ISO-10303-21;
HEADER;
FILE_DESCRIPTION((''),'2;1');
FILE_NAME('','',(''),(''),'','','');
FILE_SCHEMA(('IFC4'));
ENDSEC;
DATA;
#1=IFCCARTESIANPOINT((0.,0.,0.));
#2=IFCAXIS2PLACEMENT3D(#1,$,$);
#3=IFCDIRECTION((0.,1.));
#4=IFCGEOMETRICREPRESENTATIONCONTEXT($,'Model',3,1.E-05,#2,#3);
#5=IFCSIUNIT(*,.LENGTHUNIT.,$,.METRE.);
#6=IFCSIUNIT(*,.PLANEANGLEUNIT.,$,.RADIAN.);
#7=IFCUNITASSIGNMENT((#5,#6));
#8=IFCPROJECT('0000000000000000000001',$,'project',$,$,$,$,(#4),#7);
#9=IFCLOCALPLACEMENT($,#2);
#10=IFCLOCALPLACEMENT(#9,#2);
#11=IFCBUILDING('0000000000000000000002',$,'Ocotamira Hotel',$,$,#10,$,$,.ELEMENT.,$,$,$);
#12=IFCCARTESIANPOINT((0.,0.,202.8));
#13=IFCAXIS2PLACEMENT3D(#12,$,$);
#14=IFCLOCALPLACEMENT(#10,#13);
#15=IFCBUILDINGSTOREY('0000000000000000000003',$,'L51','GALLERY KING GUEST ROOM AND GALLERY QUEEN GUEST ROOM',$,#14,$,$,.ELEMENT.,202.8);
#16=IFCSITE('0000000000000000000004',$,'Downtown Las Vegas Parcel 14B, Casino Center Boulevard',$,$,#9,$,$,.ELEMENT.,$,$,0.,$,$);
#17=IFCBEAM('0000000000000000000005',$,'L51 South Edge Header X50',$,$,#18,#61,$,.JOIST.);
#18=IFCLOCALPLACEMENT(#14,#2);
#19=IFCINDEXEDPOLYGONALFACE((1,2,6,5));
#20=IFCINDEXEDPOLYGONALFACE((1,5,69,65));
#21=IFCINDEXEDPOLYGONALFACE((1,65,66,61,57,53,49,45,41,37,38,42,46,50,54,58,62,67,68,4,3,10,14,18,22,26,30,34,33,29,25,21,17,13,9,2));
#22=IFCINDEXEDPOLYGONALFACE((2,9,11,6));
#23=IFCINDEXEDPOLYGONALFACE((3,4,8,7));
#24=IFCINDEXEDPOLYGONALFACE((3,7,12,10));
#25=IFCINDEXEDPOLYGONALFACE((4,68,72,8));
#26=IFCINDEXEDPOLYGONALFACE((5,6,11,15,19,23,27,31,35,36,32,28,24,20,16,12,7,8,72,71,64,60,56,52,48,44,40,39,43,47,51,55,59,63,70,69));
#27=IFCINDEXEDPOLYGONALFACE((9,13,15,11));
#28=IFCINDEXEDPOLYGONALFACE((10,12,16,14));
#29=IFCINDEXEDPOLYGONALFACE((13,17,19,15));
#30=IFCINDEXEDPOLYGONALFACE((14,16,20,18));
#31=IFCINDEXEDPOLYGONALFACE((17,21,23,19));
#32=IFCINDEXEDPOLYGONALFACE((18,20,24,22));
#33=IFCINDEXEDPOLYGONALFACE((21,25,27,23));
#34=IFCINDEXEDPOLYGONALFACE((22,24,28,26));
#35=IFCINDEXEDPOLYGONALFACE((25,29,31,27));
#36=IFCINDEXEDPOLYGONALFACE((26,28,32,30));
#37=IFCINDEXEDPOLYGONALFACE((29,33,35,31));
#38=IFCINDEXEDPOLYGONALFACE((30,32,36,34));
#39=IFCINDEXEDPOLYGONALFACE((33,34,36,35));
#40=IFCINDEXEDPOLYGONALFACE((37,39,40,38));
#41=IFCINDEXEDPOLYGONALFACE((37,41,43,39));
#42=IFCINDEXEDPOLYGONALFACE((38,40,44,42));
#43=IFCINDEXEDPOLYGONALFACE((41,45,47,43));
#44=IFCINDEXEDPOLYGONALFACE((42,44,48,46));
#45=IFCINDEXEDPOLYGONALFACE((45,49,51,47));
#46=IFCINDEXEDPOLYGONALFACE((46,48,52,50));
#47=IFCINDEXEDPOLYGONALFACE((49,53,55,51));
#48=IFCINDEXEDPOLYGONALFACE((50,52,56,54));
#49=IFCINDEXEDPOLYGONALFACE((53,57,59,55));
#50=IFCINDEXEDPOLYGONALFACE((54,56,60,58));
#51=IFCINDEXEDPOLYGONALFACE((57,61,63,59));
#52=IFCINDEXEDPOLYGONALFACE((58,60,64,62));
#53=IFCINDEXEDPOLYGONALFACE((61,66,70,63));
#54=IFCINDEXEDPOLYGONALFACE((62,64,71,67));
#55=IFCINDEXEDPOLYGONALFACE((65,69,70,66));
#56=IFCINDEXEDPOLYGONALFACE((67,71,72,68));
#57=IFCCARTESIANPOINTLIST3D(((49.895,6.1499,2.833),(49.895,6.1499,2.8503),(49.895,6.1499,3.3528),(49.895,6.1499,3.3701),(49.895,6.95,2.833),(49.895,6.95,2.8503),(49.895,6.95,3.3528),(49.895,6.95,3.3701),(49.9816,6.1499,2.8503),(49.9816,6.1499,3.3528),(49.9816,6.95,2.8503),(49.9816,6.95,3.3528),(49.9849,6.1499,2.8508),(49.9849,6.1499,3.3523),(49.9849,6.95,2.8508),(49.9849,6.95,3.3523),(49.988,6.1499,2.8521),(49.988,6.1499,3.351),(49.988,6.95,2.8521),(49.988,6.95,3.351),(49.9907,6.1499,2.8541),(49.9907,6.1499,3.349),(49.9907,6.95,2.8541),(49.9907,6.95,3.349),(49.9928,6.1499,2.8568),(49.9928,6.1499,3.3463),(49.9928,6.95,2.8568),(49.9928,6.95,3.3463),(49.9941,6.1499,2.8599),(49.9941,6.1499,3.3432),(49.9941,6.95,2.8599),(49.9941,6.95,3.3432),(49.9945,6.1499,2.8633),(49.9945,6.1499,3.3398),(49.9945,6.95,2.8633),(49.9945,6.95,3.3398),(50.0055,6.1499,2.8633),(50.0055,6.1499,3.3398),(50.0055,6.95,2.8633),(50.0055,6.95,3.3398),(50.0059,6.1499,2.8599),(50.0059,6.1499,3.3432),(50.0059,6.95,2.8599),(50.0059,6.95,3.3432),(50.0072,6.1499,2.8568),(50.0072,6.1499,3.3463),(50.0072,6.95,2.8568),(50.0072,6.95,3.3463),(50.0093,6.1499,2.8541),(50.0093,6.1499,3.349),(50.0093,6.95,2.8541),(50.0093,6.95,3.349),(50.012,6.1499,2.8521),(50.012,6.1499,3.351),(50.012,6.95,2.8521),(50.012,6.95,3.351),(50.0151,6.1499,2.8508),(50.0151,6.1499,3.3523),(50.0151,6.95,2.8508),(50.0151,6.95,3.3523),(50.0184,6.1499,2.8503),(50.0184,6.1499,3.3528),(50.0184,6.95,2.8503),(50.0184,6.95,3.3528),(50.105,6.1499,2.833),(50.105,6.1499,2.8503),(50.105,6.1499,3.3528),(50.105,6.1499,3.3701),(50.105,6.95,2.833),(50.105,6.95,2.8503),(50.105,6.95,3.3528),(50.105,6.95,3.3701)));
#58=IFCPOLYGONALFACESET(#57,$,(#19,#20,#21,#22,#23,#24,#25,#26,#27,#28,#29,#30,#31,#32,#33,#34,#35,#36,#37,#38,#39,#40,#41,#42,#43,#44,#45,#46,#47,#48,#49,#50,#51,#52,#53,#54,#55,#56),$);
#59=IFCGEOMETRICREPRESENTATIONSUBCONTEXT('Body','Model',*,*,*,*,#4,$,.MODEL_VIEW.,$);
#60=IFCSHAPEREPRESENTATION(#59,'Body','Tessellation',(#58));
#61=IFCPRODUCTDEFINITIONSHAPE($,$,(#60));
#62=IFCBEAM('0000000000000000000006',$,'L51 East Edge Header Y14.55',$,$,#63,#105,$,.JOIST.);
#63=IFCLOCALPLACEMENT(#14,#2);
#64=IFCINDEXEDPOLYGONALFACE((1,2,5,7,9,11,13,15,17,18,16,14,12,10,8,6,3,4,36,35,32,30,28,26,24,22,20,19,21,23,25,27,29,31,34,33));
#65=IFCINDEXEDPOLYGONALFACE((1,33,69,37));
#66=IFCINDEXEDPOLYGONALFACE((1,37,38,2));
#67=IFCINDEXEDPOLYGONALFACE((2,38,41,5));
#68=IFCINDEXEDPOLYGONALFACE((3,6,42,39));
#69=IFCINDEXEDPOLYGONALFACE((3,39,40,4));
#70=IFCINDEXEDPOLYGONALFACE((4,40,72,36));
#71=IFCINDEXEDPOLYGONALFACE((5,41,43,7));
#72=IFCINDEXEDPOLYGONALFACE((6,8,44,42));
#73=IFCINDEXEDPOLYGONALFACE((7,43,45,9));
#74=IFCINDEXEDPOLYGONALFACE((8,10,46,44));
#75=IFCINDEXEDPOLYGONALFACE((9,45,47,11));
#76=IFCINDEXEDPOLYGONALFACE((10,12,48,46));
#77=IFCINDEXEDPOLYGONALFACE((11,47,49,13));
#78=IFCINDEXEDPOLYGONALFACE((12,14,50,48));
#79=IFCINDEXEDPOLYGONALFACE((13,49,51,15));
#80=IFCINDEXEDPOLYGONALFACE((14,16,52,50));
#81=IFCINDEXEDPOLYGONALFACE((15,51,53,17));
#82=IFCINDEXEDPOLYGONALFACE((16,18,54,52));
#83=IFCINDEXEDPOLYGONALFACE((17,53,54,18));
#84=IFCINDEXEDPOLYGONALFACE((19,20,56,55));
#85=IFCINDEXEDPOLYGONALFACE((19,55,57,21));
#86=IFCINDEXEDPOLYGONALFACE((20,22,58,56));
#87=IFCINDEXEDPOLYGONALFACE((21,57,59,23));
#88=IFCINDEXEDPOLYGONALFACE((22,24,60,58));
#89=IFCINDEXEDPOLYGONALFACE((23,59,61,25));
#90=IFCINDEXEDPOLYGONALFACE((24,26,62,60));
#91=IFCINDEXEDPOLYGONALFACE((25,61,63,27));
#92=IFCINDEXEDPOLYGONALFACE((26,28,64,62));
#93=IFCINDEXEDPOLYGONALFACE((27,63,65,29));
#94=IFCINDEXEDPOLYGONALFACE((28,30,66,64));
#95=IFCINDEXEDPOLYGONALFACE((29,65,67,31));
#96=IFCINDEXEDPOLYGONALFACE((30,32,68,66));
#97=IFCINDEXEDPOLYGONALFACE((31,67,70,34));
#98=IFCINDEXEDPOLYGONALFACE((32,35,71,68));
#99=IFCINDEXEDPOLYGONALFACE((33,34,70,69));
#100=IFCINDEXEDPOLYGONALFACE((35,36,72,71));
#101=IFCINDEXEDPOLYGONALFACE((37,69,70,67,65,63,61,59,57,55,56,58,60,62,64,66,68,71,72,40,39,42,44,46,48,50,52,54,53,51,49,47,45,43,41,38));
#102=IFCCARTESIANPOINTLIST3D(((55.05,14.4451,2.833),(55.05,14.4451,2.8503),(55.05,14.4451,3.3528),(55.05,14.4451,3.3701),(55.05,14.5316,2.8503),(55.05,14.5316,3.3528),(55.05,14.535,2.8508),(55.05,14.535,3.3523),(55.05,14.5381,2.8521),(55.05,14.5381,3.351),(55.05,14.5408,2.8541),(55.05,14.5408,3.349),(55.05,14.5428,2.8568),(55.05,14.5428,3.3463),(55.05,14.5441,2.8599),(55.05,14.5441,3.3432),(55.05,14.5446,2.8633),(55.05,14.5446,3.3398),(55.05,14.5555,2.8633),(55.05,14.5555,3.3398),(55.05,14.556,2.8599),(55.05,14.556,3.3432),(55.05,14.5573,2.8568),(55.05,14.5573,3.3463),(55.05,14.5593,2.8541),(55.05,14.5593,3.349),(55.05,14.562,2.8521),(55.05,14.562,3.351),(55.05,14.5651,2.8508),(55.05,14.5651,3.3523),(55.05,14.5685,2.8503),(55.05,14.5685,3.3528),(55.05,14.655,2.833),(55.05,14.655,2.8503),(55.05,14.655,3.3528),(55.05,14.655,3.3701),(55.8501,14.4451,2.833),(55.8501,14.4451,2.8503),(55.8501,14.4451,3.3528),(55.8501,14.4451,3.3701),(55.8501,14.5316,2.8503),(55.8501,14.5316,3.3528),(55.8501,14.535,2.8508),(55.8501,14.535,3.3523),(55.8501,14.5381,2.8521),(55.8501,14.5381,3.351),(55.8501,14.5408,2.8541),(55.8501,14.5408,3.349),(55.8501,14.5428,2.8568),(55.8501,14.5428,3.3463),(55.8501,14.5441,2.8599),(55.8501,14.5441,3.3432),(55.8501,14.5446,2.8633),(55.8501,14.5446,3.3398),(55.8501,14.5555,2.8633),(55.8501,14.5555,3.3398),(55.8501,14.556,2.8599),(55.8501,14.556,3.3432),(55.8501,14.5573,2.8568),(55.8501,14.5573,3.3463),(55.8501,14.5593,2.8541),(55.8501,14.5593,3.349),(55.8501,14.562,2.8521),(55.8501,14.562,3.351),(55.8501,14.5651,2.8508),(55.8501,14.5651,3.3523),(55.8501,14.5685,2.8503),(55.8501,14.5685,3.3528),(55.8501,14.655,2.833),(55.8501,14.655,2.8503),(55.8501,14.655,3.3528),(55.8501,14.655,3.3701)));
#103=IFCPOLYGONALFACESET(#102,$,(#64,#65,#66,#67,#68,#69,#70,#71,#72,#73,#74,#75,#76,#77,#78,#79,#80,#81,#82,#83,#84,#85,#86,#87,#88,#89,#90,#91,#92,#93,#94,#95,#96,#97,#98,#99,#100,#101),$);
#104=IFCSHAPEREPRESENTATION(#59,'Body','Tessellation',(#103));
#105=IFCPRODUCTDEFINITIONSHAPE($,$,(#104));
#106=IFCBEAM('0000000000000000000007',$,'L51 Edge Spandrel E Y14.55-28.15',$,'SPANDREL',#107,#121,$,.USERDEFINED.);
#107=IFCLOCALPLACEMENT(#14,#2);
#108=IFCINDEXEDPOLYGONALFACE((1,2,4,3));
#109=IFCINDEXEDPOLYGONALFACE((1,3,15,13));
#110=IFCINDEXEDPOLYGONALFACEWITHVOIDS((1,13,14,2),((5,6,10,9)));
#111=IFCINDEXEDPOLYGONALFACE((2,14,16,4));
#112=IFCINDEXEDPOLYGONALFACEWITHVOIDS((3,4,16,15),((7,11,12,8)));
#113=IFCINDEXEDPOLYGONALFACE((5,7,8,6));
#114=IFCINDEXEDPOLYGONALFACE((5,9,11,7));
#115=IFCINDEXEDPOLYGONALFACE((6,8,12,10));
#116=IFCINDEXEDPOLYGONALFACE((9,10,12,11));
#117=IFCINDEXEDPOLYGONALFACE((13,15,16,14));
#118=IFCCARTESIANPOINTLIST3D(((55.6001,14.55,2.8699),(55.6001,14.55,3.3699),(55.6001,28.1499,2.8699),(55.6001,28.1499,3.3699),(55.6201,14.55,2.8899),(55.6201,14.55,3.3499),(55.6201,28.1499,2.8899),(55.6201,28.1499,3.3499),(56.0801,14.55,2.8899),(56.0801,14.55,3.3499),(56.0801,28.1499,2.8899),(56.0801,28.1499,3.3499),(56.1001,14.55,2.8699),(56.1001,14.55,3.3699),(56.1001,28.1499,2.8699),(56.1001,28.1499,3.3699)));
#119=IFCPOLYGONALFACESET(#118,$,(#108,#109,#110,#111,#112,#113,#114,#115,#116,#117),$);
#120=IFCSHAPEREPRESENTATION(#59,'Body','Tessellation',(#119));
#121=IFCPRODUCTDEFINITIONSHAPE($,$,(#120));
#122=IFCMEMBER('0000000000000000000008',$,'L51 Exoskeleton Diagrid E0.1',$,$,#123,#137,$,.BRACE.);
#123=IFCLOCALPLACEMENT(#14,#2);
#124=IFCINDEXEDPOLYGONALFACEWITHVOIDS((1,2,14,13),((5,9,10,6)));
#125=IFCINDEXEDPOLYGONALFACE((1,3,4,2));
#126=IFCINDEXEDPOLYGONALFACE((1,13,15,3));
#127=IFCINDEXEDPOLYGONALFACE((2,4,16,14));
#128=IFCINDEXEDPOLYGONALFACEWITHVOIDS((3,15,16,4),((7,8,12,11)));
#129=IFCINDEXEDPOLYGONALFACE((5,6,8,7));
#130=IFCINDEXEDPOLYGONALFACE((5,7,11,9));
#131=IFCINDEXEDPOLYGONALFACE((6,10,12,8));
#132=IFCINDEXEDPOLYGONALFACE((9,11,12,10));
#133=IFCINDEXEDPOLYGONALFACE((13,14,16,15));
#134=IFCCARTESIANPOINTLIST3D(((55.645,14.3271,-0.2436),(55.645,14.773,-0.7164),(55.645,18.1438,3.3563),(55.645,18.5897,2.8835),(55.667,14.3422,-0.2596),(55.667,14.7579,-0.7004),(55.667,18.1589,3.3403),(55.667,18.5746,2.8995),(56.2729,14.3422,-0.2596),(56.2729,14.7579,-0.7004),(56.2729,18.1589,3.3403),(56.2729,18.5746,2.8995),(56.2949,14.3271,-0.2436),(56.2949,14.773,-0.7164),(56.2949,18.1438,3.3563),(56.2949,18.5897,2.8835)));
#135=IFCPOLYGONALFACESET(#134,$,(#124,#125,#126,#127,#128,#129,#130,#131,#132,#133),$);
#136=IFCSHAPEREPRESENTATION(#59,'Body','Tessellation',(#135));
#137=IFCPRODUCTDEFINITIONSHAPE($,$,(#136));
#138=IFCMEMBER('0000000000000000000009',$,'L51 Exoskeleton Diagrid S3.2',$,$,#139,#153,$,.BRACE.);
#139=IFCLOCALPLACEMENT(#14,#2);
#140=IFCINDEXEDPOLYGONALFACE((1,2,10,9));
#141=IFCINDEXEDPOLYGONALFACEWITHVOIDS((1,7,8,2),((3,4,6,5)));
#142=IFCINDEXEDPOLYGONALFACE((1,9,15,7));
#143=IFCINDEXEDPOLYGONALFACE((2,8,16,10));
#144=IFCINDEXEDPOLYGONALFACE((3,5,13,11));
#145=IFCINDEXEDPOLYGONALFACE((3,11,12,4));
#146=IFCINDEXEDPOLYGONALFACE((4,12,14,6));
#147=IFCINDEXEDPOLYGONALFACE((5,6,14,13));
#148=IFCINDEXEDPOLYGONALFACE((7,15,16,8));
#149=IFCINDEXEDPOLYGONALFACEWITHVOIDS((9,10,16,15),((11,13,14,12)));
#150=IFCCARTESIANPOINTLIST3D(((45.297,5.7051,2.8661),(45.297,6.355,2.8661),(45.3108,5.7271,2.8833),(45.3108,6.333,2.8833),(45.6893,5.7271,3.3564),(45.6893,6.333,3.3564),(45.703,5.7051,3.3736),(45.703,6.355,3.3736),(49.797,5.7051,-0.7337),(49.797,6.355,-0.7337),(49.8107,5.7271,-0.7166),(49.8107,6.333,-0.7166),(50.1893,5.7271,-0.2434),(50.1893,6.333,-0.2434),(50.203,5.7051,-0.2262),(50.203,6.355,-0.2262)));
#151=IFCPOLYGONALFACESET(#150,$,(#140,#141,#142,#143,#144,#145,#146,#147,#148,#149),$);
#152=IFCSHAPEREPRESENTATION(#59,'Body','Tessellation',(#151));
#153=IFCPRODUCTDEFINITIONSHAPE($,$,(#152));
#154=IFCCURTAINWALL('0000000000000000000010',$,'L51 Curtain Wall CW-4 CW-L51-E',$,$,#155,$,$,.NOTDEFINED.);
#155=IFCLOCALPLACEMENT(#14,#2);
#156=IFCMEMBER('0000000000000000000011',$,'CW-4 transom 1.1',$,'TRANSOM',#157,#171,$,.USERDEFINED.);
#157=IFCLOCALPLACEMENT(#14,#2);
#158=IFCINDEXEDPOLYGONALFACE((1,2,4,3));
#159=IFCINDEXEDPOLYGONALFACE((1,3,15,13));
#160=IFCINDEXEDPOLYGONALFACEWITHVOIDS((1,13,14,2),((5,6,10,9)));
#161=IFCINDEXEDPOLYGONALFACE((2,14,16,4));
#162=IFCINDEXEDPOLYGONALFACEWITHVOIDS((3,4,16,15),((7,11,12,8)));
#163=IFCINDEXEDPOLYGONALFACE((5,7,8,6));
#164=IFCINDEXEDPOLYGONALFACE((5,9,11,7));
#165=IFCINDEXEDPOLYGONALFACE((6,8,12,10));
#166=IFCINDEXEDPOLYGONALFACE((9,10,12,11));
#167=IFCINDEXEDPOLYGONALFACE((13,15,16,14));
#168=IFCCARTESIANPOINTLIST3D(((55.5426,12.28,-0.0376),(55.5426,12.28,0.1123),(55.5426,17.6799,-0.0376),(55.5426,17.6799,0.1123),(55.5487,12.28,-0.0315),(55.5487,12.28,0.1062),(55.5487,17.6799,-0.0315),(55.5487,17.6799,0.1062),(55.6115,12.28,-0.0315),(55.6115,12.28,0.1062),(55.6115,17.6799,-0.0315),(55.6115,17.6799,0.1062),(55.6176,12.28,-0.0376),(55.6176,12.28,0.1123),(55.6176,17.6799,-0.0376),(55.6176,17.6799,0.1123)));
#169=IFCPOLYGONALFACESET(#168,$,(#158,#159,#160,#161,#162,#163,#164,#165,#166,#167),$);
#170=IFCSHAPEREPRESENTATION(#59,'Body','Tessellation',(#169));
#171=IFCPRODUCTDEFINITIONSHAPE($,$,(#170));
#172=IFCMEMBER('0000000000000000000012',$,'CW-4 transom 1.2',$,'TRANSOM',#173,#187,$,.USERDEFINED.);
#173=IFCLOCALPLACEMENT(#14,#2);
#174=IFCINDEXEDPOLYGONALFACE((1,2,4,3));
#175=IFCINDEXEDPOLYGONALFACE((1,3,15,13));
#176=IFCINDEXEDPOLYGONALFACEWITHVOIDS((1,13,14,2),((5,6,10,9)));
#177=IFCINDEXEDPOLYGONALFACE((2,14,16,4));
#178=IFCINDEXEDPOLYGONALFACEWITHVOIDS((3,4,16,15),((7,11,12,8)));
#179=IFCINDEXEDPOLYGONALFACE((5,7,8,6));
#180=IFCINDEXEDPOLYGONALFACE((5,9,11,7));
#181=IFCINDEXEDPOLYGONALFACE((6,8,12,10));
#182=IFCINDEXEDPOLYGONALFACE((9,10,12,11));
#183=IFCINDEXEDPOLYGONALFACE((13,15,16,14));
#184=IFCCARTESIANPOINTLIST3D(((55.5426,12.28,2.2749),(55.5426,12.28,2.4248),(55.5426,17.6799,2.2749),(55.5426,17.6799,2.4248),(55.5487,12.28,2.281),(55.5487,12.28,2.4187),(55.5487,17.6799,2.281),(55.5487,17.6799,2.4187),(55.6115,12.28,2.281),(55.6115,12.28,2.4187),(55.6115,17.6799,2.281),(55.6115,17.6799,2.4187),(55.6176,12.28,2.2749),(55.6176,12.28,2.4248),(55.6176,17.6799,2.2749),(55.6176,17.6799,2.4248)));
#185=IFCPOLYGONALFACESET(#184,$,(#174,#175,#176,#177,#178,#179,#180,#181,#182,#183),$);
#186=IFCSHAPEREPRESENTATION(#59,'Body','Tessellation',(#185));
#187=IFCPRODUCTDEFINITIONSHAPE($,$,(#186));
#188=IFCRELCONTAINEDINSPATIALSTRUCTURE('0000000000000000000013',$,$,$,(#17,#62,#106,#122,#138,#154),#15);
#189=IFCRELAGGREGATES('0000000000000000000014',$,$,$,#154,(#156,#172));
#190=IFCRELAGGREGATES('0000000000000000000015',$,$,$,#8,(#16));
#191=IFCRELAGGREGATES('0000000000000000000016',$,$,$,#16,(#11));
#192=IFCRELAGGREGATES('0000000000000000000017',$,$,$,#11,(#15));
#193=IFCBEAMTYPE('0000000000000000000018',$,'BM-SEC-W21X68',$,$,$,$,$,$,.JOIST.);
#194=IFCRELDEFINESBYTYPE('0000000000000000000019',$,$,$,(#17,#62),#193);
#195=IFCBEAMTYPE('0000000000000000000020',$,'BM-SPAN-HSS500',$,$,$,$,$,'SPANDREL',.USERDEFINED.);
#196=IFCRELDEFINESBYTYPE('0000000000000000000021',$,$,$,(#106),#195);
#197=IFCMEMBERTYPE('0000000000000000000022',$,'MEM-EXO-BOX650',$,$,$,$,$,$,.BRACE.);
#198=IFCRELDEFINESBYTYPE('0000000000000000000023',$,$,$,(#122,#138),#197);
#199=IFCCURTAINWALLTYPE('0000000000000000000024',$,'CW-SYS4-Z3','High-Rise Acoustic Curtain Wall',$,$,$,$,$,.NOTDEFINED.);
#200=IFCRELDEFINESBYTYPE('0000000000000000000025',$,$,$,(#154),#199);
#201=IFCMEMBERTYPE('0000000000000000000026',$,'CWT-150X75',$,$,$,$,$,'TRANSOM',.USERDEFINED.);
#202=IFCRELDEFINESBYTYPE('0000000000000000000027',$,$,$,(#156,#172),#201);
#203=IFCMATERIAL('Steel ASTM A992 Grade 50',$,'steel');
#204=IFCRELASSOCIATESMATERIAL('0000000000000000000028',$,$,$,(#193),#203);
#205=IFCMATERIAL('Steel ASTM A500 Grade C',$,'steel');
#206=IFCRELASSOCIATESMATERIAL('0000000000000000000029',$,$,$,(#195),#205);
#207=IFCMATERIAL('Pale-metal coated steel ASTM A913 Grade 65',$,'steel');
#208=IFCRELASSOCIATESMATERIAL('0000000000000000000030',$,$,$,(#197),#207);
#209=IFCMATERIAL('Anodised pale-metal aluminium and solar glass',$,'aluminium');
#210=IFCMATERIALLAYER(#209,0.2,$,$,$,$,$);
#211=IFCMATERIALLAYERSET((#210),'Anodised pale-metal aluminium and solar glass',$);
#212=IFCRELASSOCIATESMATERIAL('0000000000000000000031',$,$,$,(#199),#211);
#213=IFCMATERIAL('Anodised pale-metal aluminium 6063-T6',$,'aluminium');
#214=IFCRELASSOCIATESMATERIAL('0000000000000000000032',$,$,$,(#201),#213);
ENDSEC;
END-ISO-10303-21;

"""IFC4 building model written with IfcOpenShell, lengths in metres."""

from ifc_helpers import new_model, si_unit, direction, frame, origin, origin_2d, place, context, subcontext, project, spatial, hollow_rectangle, i_section, extrude, source, transform, mapped, material, layer, layer_set, material_profile, profile_set, type_object, element, aggregate, save


model = new_model("IFC4")

# Units and contexts
model_context = context("Model", 3, precision=1e-05, world=origin(), true_north=direction((0.0, 1.0)))
body_context = subcontext(model_context, "Body", "Model", "MODEL_VIEW")
ifc_project = project(units=[si_unit("LENGTHUNIT", "METRE"), si_unit("PLANEANGLEUNIT", "RADIAN")], contexts=[model_context])

# Site, building, storey
site_placement = place(None, origin())
site = spatial("IfcSite", under=ifc_project, at=site_placement, Name="Downtown Las Vegas Parcel 14B, Casino Center Boulevard", CompositionType="ELEMENT", RefElevation=0.0)
building_placement = place(site_placement, origin())
building = spatial("IfcBuilding", under=site, at=building_placement, Name="Ocotamira Hotel", CompositionType="ELEMENT")
storey_placement = place(building_placement, frame((0.0, 0.0, 202.8)))
storey = spatial("IfcBuildingStorey", under=building, at=storey_placement, Name="L51", Description="GALLERY KING GUEST ROOM AND GALLERY QUEEN GUEST ROOM", CompositionType="ELEMENT", Elevation=202.8)

# Beams
ifc_material_1 = material(Name="Steel ASTM A992 Grade 50", Category="steel")
ifc_material_profile_1 = material_profile(ifc_material_1, i_section(OverallWidth=0.21, OverallDepth=0.5371, WebThickness=0.011, FlangeThickness=0.0173, FilletRadius=0.0129, at=origin_2d()), Name="W21X68")
ifc_profile_set_1 = profile_set([ifc_material_profile_1], Name="Steel ASTM A992 Grade 50")
beam_type_1 = type_object("IfcBeamType", Name="BM-SEC-W21X68", PredefinedType="JOIST", material=ifc_profile_set_1)
shared_shape_1 = source(origin(), body_context, "Body", "SweptSolid", [
    extrude(i_section(OverallWidth=0.21, OverallDepth=0.5371, WebThickness=0.011, FlangeThickness=0.0173, FilletRadius=0.0129, at=origin_2d()), origin(), (0.0, 0.0, 1.0), 0.8),
])
for number, where, z_axis, x_axis, name in (
    (1, (50.0, 6.95, 3.1016), (0.0, -1.0, 0.0), (1.0, 0.0, 0.0), "L51 South Edge Header X50"),
    (2, (55.05, 14.55, 3.1016), (1.0, 0.0, 0.0), (0.0, 1.0, 0.0), "L51 East Edge Header Y14.55"),
):
    element("IfcBeam", number, at=place(storey_placement, frame(where, z_axis=z_axis, x_axis=x_axis)), inside=storey, type_object=beam_type_1, Name=name, PredefinedType="JOIST", context=body_context, shape_type="MappedRepresentation", body=[
        mapped(shared_shape_1, transform((0.0, 0.0, 0.0), scale=1.0)),
    ])
ifc_material_2 = material(Name="Steel ASTM A500 Grade C", Category="steel")
ifc_material_profile_2 = material_profile(ifc_material_2, hollow_rectangle(XDim=0.5, YDim=0.5, WallThickness=0.02, at=origin_2d()), Name="HSS500X500X20")
ifc_profile_set_2 = profile_set([ifc_material_profile_2], Name="Steel ASTM A500 Grade C")
beam_type_2 = type_object("IfcBeamType", Name="BM-SPAN-HSS500", ElementType="SPANDREL", PredefinedType="USERDEFINED", material=ifc_profile_set_2)
shared_shape_2 = source(origin(), body_context, "Body", "SweptSolid", [
    extrude(hollow_rectangle(XDim=0.5, YDim=0.5, WallThickness=0.02, at=origin_2d()), origin(), (0.0, 0.0, 1.0), 13.5999),
])
beam_1_placement = place(storey_placement, frame((55.8501, 14.55, 3.1199), z_axis=(0.0, 1.0, 0.0), x_axis=(-1.0, 0.0, 0.0)))
element("IfcBeam", 3, at=beam_1_placement, inside=storey, type_object=beam_type_2, Name="L51 Edge Spandrel E Y14.55-28.15", ObjectType="SPANDREL", PredefinedType="USERDEFINED", context=body_context, shape_type="MappedRepresentation", body=[
    mapped(shared_shape_2, transform((0.0, 0.0, 0.0), scale=1.0)),
])

# Members
ifc_material_3 = material(Name="Pale-metal coated steel ASTM A913 Grade 65", Category="steel")
ifc_material_profile_3 = material_profile(ifc_material_3, hollow_rectangle(XDim=0.6499, YDim=0.6499, WallThickness=0.022, at=origin_2d()), Name="BOX650X650X22")
ifc_profile_set_3 = profile_set([ifc_material_profile_3], Name="Pale-metal coated steel ASTM A913 Grade 65")
member_type_1 = type_object("IfcMemberType", Name="MEM-EXO-BOX650", PredefinedType="BRACE", material=ifc_profile_set_3)
shared_shape_3 = source(origin(), body_context, "Body", "SweptSolid", [
    extrude(hollow_rectangle(XDim=0.6499, YDim=0.6499, WallThickness=0.022, at=origin_2d()), origin(), (0.0, 0.0, 1.0), 5.2466),
])
member_1_placement = place(storey_placement, frame((55.97, 14.55, -0.48), z_axis=(0.0, 0.727466, 0.686144), x_axis=(-1.0, 0.0, 0.0)))
element("IfcMember", 4, at=member_1_placement, inside=storey, type_object=member_type_1, Name="L51 Exoskeleton Diagrid E0.1", PredefinedType="BRACE", context=body_context, shape_type="MappedRepresentation", body=[
    mapped(shared_shape_3, transform((0.0, 0.0, 0.0), scale=1.0)),
])
shared_shape_4 = source(origin(), body_context, "Body", "SweptSolid", [
    extrude(hollow_rectangle(XDim=0.6499, YDim=0.6499, WallThickness=0.022, at=origin_2d()), origin(), (0.0, 0.0, 1.0), 5.7627),
])
member_2_placement = place(storey_placement, frame((50.0, 6.03, -0.48), z_axis=(-0.780881, 0.0, 0.62468), x_axis=(0.0, -1.0, 0.0)))
element("IfcMember", 5, at=member_2_placement, inside=storey, type_object=member_type_1, Name="L51 Exoskeleton Diagrid S3.2", PredefinedType="BRACE", context=body_context, shape_type="MappedRepresentation", body=[
    mapped(shared_shape_4, transform((0.0, 0.0, 0.0), scale=1.0)),
])

# Curtain wall, members
ifc_material_4 = material(Name="Anodised pale-metal aluminium and solar glass", Category="aluminium")
ifc_layer_1 = layer(ifc_material_4, 0.2)
ifc_layer_set_1 = layer_set([ifc_layer_1], Name="Anodised pale-metal aluminium and solar glass")
curtain_wall_type = type_object("IfcCurtainWallType", Name="CW-SYS4-Z3", Description="High-Rise Acoustic Curtain Wall", PredefinedType="NOTDEFINED", material=ifc_layer_set_1)
curtain_wall_1_placement = place(storey_placement, origin())
curtain_wall_1 = element("IfcCurtainWall", 6, at=curtain_wall_1_placement, inside=storey, type_object=curtain_wall_type, Name="L51 Curtain Wall CW-4 CW-L51-E", PredefinedType="NOTDEFINED")
ifc_material_5 = material(Name="Anodised pale-metal aluminium 6063-T6", Category="aluminium")
ifc_material_profile_4 = material_profile(ifc_material_5, hollow_rectangle(XDim=0.075, YDim=0.1499, WallThickness=0.0061, at=origin_2d()), Name="HSS150X75X6")
ifc_profile_set_4 = profile_set([ifc_material_profile_4], Name="Anodised pale-metal aluminium 6063-T6")
member_type_2 = type_object("IfcMemberType", Name="CWT-150X75", ElementType="TRANSOM", PredefinedType="USERDEFINED", material=ifc_profile_set_4)
shared_shape_5 = source(origin(), body_context, "Body", "SweptSolid", [
    extrude(hollow_rectangle(XDim=0.075, YDim=0.1499, WallThickness=0.0061, at=origin_2d()), origin(), (0.0, 0.0, 1.0), 5.3999),
])
member_3_placement = place(storey_placement, frame((55.5801, 12.28, 0.0374), z_axis=(0.0, 1.0, 0.0), x_axis=(-1.0, 0.0, 0.0)))
member_3 = element("IfcMember", 7, at=member_3_placement, type_object=member_type_2, Name="CW-4 transom 1.1", ObjectType="TRANSOM", PredefinedType="USERDEFINED", context=body_context, shape_type="MappedRepresentation", body=[
    mapped(shared_shape_5, transform((0.0, 0.0, 0.0), scale=1.0)),
])
member_4_placement = place(storey_placement, frame((55.5801, 12.28, 2.3499), z_axis=(0.0, 1.0, 0.0), x_axis=(-1.0, 0.0, 0.0)))
member_4 = element("IfcMember", 8, at=member_4_placement, type_object=member_type_2, Name="CW-4 transom 1.2", ObjectType="TRANSOM", PredefinedType="USERDEFINED", context=body_context, shape_type="MappedRepresentation", body=[
    mapped(shared_shape_5, transform((0.0, 0.0, 0.0), scale=1.0)),
])

aggregate(curtain_wall_1, [member_3, member_4])

save(model, "model.ifc")
